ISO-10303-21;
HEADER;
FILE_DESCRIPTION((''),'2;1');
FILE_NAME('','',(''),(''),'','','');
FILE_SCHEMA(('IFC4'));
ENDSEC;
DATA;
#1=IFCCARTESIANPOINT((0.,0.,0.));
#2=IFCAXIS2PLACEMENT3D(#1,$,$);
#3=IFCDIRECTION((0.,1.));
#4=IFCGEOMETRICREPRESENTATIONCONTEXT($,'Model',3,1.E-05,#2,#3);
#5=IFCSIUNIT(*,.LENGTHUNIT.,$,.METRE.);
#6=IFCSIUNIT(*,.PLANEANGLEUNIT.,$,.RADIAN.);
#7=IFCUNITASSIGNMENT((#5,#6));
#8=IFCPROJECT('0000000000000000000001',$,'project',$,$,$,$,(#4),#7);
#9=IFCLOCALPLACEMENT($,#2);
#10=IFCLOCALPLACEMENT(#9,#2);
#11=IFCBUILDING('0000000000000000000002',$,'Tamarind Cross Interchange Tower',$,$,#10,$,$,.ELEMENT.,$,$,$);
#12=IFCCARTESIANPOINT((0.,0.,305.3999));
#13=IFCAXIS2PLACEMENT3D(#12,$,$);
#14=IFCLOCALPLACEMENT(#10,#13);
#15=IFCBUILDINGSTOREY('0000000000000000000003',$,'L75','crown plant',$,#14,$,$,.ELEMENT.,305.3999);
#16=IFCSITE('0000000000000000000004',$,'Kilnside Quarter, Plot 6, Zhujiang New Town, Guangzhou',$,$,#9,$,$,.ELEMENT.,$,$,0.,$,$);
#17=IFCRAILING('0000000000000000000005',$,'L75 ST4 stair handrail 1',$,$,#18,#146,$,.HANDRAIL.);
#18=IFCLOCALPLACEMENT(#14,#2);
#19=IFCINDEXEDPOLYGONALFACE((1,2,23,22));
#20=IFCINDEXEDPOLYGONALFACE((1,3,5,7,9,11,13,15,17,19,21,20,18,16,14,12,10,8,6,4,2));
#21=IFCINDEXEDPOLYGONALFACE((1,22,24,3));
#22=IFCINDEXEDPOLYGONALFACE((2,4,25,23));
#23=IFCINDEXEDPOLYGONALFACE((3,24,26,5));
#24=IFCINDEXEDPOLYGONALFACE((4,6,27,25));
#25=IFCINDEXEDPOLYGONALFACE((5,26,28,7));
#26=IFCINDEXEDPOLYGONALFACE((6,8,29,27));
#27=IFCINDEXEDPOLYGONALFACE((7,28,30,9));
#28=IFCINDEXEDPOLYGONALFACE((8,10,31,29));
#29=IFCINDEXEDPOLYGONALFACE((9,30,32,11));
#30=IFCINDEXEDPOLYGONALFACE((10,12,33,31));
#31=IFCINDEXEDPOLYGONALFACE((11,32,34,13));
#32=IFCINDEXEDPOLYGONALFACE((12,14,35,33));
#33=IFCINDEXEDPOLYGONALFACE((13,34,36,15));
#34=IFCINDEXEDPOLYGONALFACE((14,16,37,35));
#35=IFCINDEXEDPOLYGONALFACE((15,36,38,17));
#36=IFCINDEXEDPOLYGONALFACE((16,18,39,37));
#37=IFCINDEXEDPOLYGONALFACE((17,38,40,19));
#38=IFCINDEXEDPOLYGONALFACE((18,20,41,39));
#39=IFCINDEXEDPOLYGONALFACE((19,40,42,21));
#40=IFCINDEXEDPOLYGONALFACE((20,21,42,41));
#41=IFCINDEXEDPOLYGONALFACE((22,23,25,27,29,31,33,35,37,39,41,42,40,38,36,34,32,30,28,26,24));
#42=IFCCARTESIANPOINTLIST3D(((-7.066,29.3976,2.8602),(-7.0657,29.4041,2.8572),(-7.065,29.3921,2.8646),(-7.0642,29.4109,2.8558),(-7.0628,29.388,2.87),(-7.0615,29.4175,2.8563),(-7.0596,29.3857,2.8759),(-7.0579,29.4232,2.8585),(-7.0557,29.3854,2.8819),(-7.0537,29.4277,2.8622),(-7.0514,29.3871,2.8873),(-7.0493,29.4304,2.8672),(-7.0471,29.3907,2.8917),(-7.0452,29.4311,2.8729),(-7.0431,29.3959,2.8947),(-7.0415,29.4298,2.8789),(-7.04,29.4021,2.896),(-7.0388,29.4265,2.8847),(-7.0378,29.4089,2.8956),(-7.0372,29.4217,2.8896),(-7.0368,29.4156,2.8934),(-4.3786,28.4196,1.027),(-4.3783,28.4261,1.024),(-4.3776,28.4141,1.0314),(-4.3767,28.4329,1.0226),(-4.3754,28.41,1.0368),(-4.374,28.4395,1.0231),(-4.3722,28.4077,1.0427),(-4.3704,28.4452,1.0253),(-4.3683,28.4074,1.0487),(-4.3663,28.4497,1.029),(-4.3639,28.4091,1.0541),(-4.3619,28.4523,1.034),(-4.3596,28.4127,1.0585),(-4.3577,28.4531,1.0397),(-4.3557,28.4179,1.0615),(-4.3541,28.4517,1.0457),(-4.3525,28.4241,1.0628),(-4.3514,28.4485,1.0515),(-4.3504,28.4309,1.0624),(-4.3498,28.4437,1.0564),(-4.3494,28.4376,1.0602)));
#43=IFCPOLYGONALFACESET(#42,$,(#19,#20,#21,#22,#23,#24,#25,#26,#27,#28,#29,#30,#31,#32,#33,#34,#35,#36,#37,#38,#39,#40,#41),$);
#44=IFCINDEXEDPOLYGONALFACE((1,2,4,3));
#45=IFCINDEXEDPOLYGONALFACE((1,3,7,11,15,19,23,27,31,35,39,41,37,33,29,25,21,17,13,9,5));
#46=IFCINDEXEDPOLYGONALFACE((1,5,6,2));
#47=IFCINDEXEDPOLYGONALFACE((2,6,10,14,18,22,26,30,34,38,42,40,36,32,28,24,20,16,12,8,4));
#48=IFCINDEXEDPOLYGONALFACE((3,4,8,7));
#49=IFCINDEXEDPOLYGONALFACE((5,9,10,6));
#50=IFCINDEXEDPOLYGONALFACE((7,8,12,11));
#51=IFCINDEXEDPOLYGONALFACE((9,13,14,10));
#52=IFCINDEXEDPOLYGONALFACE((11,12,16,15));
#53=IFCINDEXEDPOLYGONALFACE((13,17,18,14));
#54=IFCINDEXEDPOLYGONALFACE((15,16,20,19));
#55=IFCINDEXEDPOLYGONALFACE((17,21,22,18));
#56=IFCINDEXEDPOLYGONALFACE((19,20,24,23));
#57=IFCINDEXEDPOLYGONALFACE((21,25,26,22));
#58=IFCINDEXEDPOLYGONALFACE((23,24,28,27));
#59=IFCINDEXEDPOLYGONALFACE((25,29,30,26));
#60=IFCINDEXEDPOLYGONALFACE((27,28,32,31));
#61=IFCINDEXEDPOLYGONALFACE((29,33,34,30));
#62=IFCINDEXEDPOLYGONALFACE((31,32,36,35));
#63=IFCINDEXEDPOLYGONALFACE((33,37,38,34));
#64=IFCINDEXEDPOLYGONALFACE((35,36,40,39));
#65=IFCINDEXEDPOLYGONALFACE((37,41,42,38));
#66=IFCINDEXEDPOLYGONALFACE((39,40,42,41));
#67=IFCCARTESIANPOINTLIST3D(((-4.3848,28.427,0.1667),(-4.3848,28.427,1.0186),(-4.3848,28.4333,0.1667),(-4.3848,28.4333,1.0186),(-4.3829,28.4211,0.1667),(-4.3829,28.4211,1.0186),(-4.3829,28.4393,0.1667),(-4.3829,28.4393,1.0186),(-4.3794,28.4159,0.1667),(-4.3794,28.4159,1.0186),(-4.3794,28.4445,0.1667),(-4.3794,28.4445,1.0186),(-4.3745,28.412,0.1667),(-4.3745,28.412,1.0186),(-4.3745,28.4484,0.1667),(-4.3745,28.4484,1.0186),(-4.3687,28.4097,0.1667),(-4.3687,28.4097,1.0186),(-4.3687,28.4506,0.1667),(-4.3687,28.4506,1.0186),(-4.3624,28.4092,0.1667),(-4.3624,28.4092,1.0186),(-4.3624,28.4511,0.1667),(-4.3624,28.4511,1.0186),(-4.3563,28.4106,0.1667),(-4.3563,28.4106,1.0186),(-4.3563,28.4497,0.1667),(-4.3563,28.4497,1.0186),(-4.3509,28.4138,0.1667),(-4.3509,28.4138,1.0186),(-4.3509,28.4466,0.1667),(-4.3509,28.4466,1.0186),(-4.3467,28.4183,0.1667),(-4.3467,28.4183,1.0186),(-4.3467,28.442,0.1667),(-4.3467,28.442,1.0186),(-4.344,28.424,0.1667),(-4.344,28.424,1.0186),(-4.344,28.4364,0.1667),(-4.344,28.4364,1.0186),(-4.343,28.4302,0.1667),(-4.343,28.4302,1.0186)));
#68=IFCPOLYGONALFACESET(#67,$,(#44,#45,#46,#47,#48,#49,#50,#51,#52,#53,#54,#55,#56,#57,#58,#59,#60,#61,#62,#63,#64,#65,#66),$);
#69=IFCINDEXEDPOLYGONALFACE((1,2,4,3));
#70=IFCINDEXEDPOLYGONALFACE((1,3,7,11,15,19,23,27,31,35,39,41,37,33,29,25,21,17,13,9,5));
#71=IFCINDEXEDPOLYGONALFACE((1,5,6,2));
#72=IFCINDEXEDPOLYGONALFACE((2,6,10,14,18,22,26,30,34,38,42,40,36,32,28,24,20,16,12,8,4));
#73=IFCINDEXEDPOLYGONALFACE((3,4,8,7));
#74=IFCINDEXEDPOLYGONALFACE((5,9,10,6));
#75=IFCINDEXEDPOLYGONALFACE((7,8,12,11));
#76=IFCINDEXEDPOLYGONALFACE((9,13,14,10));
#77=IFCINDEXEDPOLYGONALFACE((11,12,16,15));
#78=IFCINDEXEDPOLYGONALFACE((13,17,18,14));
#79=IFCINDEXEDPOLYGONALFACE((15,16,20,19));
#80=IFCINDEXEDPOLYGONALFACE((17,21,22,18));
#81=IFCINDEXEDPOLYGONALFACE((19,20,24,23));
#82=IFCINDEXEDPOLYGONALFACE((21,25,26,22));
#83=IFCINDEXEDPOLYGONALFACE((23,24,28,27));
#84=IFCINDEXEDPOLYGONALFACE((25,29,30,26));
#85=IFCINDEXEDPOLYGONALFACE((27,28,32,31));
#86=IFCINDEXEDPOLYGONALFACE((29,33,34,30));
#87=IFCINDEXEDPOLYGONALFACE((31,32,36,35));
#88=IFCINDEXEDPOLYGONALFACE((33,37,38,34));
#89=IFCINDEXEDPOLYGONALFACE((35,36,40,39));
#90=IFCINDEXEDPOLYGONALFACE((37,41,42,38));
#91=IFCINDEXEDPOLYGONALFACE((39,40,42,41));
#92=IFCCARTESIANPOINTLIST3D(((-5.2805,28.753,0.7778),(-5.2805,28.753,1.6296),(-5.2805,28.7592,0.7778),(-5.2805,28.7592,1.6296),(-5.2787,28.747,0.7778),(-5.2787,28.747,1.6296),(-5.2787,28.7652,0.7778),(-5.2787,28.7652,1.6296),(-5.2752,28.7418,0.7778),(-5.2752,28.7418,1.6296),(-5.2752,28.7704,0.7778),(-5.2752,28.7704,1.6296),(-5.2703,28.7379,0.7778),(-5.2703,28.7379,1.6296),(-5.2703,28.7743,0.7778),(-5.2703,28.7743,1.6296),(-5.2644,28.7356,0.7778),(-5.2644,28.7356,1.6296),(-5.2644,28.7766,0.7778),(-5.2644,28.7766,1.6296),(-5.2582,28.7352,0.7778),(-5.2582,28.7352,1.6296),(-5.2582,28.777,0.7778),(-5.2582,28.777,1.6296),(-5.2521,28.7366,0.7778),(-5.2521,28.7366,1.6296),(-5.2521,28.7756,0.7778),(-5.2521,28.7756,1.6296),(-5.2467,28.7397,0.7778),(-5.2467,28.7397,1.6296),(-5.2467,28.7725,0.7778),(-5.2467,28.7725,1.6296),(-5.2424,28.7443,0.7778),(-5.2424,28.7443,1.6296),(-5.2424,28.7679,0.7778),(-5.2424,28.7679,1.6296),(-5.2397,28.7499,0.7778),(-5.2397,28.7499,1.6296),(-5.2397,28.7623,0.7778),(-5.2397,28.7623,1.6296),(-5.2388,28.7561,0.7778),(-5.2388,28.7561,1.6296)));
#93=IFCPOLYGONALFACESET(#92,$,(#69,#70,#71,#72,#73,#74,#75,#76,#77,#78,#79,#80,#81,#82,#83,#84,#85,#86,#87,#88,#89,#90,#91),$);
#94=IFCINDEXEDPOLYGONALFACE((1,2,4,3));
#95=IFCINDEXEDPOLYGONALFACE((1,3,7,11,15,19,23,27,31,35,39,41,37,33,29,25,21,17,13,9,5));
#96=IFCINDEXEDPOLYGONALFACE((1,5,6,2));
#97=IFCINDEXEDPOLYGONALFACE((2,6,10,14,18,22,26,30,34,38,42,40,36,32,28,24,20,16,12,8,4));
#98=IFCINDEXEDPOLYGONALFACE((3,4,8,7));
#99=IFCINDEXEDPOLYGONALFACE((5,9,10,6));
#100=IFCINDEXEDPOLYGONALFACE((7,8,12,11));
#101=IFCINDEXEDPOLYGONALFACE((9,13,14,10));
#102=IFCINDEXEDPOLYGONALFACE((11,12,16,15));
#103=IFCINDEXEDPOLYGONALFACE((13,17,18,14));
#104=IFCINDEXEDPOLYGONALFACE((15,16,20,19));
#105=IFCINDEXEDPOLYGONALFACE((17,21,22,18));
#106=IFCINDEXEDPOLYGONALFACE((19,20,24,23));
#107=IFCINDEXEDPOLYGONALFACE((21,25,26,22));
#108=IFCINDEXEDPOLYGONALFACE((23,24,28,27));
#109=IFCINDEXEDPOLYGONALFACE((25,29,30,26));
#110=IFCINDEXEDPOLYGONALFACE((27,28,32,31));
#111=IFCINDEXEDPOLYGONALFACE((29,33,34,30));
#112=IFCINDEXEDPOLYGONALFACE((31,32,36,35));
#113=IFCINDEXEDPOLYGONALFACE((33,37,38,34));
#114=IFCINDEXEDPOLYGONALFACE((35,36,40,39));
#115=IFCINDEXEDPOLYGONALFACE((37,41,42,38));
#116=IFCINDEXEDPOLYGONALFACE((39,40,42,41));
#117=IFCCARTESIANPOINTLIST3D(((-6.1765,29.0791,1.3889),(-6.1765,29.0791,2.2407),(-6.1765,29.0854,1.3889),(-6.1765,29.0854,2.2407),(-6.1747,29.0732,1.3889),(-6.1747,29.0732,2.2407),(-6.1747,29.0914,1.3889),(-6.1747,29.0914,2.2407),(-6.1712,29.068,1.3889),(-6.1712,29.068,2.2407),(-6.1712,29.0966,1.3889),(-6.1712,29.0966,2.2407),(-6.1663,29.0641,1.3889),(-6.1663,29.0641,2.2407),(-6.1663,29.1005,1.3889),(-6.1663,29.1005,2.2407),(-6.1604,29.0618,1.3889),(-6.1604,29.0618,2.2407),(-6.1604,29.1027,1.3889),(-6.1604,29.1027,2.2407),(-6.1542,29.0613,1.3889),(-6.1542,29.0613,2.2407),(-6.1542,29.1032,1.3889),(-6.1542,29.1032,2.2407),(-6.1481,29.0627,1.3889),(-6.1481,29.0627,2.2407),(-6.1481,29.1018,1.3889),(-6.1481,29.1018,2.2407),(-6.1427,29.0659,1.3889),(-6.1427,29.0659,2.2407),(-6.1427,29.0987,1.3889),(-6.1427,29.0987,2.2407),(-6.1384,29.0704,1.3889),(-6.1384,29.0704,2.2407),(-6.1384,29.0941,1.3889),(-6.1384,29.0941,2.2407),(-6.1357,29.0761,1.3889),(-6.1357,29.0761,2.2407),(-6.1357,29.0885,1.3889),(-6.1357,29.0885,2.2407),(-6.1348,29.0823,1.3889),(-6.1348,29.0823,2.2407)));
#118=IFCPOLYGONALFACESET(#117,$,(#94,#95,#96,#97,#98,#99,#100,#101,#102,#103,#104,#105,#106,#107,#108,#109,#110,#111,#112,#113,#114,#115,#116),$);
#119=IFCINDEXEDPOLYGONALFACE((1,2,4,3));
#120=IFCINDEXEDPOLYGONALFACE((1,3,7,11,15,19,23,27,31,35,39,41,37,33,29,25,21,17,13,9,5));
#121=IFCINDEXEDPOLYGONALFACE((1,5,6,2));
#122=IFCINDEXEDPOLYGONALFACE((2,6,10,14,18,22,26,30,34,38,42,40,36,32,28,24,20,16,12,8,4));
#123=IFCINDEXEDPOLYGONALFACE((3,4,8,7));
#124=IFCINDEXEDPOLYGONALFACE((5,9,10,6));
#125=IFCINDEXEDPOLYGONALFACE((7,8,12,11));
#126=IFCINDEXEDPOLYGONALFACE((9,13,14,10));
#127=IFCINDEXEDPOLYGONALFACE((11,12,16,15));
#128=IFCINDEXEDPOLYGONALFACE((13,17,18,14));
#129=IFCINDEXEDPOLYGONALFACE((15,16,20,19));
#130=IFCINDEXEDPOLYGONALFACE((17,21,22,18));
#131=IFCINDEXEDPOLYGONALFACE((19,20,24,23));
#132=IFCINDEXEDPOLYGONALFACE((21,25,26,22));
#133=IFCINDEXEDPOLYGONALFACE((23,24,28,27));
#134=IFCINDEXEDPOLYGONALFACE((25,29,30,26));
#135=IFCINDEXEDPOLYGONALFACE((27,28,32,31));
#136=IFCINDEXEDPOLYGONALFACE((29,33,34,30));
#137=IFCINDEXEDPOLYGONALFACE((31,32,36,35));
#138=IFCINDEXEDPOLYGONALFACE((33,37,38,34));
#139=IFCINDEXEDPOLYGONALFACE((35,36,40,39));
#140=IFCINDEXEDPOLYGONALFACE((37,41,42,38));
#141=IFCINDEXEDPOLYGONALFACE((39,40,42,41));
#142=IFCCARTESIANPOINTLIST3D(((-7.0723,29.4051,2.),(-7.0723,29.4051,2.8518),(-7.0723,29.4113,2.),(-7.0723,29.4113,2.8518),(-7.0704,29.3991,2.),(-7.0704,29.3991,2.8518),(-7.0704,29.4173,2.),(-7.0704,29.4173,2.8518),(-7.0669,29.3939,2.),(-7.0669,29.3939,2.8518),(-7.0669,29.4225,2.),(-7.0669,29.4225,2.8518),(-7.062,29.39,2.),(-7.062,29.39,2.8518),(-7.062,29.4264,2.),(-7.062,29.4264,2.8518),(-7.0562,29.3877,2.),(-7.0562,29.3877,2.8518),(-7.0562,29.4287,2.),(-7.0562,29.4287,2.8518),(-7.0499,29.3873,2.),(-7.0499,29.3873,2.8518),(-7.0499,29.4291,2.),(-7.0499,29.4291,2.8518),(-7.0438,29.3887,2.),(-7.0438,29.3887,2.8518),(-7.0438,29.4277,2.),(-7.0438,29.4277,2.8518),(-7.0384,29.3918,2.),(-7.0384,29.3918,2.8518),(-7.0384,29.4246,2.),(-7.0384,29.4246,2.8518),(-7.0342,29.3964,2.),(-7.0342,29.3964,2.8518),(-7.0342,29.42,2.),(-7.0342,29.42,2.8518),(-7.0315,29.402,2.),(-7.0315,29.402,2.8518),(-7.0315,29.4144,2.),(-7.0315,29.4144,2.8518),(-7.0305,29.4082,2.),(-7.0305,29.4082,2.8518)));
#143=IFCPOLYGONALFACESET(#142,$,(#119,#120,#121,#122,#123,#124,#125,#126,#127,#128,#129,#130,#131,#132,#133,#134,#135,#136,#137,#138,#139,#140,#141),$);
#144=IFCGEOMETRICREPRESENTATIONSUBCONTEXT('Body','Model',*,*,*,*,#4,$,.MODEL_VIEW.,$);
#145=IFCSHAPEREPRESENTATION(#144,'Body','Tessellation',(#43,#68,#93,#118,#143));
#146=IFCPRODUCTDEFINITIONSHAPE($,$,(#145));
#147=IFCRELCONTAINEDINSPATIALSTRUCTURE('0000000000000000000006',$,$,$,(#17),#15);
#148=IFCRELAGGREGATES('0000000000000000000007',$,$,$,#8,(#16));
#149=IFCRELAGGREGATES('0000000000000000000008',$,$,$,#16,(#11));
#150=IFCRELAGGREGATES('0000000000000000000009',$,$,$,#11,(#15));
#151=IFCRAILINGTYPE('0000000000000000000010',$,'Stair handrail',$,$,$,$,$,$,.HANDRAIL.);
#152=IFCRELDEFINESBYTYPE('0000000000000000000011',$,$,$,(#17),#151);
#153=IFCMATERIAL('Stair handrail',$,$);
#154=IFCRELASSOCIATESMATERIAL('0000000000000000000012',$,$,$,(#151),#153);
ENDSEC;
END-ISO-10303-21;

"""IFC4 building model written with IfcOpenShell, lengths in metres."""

from ifc_helpers import new_model, si_unit, direction, frame, origin, origin_2d, place, context, subcontext, project, spatial, circle, extrude, material, type_object, element, save


model = new_model("IFC4")

# Units and contexts
model_context = context("Model", 3, precision=1e-05, world=origin(), true_north=direction((0.0, 1.0)))
body_context = subcontext(model_context, "Body", "Model", "MODEL_VIEW")
ifc_project = project(units=[si_unit("LENGTHUNIT", "METRE"), si_unit("PLANEANGLEUNIT", "RADIAN")], contexts=[model_context])

# Site, building, storey
site_placement = place(None, origin())
site = spatial("IfcSite", under=ifc_project, at=site_placement, Name="Kilnside Quarter, Plot 6, Zhujiang New Town, Guangzhou", CompositionType="ELEMENT", RefElevation=0.0)
building_placement = place(site_placement, origin())
building = spatial("IfcBuilding", under=site, at=building_placement, Name="Tamarind Cross Interchange Tower", CompositionType="ELEMENT")
storey_placement = place(building_placement, frame((0.0, 0.0, 305.3999)))
storey = spatial("IfcBuildingStorey", under=building, at=storey_placement, Name="L75", Description="crown plant", CompositionType="ELEMENT", Elevation=305.3999)

# Railing
ifc_material_1 = material(Name="Stair handrail")
railing_type_1 = type_object("IfcRailingType", Name="Stair handrail", PredefinedType="HANDRAIL", material=ifc_material_1)
railing_1_placement = place(storey_placement, frame((-4.364, 28.4302, 0.1667)))
element("IfcRailing", 1, at=railing_1_placement, inside=storey, type_object=railing_type_1, Name="L75 ST4 stair handrail 1", PredefinedType="HANDRAIL", context=body_context, shape_type="SweptSolid", body=[
    extrude(circle(Radius=0.0239, at=origin_2d()), frame((0.0, 0.0, 0.876), z_axis=(-0.791126, 0.287904, 0.539659), x_axis=(-0.341976, -0.939709, 0.0)), (0.0, 0.0, 1.0), 3.397),
    extrude(circle(Radius=0.021, at=origin_2d()), origin(), (0.0, 0.0, 1.0), 0.8518),
    extrude(circle(Radius=0.021, at=origin_2d()), frame((-0.8958, 0.3259, 0.6111)), (0.0, 0.0, 1.0), 0.8518),
    extrude(circle(Radius=0.021, at=origin_2d()), frame((-1.7917, 0.6521, 1.2222)), (0.0, 0.0, 1.0), 0.8518),
    extrude(circle(Radius=0.021, at=origin_2d()), frame((-2.6875, 0.978, 1.8333)), (0.0, 0.0, 1.0), 0.8518),
])

save(model, "model.ifc")
